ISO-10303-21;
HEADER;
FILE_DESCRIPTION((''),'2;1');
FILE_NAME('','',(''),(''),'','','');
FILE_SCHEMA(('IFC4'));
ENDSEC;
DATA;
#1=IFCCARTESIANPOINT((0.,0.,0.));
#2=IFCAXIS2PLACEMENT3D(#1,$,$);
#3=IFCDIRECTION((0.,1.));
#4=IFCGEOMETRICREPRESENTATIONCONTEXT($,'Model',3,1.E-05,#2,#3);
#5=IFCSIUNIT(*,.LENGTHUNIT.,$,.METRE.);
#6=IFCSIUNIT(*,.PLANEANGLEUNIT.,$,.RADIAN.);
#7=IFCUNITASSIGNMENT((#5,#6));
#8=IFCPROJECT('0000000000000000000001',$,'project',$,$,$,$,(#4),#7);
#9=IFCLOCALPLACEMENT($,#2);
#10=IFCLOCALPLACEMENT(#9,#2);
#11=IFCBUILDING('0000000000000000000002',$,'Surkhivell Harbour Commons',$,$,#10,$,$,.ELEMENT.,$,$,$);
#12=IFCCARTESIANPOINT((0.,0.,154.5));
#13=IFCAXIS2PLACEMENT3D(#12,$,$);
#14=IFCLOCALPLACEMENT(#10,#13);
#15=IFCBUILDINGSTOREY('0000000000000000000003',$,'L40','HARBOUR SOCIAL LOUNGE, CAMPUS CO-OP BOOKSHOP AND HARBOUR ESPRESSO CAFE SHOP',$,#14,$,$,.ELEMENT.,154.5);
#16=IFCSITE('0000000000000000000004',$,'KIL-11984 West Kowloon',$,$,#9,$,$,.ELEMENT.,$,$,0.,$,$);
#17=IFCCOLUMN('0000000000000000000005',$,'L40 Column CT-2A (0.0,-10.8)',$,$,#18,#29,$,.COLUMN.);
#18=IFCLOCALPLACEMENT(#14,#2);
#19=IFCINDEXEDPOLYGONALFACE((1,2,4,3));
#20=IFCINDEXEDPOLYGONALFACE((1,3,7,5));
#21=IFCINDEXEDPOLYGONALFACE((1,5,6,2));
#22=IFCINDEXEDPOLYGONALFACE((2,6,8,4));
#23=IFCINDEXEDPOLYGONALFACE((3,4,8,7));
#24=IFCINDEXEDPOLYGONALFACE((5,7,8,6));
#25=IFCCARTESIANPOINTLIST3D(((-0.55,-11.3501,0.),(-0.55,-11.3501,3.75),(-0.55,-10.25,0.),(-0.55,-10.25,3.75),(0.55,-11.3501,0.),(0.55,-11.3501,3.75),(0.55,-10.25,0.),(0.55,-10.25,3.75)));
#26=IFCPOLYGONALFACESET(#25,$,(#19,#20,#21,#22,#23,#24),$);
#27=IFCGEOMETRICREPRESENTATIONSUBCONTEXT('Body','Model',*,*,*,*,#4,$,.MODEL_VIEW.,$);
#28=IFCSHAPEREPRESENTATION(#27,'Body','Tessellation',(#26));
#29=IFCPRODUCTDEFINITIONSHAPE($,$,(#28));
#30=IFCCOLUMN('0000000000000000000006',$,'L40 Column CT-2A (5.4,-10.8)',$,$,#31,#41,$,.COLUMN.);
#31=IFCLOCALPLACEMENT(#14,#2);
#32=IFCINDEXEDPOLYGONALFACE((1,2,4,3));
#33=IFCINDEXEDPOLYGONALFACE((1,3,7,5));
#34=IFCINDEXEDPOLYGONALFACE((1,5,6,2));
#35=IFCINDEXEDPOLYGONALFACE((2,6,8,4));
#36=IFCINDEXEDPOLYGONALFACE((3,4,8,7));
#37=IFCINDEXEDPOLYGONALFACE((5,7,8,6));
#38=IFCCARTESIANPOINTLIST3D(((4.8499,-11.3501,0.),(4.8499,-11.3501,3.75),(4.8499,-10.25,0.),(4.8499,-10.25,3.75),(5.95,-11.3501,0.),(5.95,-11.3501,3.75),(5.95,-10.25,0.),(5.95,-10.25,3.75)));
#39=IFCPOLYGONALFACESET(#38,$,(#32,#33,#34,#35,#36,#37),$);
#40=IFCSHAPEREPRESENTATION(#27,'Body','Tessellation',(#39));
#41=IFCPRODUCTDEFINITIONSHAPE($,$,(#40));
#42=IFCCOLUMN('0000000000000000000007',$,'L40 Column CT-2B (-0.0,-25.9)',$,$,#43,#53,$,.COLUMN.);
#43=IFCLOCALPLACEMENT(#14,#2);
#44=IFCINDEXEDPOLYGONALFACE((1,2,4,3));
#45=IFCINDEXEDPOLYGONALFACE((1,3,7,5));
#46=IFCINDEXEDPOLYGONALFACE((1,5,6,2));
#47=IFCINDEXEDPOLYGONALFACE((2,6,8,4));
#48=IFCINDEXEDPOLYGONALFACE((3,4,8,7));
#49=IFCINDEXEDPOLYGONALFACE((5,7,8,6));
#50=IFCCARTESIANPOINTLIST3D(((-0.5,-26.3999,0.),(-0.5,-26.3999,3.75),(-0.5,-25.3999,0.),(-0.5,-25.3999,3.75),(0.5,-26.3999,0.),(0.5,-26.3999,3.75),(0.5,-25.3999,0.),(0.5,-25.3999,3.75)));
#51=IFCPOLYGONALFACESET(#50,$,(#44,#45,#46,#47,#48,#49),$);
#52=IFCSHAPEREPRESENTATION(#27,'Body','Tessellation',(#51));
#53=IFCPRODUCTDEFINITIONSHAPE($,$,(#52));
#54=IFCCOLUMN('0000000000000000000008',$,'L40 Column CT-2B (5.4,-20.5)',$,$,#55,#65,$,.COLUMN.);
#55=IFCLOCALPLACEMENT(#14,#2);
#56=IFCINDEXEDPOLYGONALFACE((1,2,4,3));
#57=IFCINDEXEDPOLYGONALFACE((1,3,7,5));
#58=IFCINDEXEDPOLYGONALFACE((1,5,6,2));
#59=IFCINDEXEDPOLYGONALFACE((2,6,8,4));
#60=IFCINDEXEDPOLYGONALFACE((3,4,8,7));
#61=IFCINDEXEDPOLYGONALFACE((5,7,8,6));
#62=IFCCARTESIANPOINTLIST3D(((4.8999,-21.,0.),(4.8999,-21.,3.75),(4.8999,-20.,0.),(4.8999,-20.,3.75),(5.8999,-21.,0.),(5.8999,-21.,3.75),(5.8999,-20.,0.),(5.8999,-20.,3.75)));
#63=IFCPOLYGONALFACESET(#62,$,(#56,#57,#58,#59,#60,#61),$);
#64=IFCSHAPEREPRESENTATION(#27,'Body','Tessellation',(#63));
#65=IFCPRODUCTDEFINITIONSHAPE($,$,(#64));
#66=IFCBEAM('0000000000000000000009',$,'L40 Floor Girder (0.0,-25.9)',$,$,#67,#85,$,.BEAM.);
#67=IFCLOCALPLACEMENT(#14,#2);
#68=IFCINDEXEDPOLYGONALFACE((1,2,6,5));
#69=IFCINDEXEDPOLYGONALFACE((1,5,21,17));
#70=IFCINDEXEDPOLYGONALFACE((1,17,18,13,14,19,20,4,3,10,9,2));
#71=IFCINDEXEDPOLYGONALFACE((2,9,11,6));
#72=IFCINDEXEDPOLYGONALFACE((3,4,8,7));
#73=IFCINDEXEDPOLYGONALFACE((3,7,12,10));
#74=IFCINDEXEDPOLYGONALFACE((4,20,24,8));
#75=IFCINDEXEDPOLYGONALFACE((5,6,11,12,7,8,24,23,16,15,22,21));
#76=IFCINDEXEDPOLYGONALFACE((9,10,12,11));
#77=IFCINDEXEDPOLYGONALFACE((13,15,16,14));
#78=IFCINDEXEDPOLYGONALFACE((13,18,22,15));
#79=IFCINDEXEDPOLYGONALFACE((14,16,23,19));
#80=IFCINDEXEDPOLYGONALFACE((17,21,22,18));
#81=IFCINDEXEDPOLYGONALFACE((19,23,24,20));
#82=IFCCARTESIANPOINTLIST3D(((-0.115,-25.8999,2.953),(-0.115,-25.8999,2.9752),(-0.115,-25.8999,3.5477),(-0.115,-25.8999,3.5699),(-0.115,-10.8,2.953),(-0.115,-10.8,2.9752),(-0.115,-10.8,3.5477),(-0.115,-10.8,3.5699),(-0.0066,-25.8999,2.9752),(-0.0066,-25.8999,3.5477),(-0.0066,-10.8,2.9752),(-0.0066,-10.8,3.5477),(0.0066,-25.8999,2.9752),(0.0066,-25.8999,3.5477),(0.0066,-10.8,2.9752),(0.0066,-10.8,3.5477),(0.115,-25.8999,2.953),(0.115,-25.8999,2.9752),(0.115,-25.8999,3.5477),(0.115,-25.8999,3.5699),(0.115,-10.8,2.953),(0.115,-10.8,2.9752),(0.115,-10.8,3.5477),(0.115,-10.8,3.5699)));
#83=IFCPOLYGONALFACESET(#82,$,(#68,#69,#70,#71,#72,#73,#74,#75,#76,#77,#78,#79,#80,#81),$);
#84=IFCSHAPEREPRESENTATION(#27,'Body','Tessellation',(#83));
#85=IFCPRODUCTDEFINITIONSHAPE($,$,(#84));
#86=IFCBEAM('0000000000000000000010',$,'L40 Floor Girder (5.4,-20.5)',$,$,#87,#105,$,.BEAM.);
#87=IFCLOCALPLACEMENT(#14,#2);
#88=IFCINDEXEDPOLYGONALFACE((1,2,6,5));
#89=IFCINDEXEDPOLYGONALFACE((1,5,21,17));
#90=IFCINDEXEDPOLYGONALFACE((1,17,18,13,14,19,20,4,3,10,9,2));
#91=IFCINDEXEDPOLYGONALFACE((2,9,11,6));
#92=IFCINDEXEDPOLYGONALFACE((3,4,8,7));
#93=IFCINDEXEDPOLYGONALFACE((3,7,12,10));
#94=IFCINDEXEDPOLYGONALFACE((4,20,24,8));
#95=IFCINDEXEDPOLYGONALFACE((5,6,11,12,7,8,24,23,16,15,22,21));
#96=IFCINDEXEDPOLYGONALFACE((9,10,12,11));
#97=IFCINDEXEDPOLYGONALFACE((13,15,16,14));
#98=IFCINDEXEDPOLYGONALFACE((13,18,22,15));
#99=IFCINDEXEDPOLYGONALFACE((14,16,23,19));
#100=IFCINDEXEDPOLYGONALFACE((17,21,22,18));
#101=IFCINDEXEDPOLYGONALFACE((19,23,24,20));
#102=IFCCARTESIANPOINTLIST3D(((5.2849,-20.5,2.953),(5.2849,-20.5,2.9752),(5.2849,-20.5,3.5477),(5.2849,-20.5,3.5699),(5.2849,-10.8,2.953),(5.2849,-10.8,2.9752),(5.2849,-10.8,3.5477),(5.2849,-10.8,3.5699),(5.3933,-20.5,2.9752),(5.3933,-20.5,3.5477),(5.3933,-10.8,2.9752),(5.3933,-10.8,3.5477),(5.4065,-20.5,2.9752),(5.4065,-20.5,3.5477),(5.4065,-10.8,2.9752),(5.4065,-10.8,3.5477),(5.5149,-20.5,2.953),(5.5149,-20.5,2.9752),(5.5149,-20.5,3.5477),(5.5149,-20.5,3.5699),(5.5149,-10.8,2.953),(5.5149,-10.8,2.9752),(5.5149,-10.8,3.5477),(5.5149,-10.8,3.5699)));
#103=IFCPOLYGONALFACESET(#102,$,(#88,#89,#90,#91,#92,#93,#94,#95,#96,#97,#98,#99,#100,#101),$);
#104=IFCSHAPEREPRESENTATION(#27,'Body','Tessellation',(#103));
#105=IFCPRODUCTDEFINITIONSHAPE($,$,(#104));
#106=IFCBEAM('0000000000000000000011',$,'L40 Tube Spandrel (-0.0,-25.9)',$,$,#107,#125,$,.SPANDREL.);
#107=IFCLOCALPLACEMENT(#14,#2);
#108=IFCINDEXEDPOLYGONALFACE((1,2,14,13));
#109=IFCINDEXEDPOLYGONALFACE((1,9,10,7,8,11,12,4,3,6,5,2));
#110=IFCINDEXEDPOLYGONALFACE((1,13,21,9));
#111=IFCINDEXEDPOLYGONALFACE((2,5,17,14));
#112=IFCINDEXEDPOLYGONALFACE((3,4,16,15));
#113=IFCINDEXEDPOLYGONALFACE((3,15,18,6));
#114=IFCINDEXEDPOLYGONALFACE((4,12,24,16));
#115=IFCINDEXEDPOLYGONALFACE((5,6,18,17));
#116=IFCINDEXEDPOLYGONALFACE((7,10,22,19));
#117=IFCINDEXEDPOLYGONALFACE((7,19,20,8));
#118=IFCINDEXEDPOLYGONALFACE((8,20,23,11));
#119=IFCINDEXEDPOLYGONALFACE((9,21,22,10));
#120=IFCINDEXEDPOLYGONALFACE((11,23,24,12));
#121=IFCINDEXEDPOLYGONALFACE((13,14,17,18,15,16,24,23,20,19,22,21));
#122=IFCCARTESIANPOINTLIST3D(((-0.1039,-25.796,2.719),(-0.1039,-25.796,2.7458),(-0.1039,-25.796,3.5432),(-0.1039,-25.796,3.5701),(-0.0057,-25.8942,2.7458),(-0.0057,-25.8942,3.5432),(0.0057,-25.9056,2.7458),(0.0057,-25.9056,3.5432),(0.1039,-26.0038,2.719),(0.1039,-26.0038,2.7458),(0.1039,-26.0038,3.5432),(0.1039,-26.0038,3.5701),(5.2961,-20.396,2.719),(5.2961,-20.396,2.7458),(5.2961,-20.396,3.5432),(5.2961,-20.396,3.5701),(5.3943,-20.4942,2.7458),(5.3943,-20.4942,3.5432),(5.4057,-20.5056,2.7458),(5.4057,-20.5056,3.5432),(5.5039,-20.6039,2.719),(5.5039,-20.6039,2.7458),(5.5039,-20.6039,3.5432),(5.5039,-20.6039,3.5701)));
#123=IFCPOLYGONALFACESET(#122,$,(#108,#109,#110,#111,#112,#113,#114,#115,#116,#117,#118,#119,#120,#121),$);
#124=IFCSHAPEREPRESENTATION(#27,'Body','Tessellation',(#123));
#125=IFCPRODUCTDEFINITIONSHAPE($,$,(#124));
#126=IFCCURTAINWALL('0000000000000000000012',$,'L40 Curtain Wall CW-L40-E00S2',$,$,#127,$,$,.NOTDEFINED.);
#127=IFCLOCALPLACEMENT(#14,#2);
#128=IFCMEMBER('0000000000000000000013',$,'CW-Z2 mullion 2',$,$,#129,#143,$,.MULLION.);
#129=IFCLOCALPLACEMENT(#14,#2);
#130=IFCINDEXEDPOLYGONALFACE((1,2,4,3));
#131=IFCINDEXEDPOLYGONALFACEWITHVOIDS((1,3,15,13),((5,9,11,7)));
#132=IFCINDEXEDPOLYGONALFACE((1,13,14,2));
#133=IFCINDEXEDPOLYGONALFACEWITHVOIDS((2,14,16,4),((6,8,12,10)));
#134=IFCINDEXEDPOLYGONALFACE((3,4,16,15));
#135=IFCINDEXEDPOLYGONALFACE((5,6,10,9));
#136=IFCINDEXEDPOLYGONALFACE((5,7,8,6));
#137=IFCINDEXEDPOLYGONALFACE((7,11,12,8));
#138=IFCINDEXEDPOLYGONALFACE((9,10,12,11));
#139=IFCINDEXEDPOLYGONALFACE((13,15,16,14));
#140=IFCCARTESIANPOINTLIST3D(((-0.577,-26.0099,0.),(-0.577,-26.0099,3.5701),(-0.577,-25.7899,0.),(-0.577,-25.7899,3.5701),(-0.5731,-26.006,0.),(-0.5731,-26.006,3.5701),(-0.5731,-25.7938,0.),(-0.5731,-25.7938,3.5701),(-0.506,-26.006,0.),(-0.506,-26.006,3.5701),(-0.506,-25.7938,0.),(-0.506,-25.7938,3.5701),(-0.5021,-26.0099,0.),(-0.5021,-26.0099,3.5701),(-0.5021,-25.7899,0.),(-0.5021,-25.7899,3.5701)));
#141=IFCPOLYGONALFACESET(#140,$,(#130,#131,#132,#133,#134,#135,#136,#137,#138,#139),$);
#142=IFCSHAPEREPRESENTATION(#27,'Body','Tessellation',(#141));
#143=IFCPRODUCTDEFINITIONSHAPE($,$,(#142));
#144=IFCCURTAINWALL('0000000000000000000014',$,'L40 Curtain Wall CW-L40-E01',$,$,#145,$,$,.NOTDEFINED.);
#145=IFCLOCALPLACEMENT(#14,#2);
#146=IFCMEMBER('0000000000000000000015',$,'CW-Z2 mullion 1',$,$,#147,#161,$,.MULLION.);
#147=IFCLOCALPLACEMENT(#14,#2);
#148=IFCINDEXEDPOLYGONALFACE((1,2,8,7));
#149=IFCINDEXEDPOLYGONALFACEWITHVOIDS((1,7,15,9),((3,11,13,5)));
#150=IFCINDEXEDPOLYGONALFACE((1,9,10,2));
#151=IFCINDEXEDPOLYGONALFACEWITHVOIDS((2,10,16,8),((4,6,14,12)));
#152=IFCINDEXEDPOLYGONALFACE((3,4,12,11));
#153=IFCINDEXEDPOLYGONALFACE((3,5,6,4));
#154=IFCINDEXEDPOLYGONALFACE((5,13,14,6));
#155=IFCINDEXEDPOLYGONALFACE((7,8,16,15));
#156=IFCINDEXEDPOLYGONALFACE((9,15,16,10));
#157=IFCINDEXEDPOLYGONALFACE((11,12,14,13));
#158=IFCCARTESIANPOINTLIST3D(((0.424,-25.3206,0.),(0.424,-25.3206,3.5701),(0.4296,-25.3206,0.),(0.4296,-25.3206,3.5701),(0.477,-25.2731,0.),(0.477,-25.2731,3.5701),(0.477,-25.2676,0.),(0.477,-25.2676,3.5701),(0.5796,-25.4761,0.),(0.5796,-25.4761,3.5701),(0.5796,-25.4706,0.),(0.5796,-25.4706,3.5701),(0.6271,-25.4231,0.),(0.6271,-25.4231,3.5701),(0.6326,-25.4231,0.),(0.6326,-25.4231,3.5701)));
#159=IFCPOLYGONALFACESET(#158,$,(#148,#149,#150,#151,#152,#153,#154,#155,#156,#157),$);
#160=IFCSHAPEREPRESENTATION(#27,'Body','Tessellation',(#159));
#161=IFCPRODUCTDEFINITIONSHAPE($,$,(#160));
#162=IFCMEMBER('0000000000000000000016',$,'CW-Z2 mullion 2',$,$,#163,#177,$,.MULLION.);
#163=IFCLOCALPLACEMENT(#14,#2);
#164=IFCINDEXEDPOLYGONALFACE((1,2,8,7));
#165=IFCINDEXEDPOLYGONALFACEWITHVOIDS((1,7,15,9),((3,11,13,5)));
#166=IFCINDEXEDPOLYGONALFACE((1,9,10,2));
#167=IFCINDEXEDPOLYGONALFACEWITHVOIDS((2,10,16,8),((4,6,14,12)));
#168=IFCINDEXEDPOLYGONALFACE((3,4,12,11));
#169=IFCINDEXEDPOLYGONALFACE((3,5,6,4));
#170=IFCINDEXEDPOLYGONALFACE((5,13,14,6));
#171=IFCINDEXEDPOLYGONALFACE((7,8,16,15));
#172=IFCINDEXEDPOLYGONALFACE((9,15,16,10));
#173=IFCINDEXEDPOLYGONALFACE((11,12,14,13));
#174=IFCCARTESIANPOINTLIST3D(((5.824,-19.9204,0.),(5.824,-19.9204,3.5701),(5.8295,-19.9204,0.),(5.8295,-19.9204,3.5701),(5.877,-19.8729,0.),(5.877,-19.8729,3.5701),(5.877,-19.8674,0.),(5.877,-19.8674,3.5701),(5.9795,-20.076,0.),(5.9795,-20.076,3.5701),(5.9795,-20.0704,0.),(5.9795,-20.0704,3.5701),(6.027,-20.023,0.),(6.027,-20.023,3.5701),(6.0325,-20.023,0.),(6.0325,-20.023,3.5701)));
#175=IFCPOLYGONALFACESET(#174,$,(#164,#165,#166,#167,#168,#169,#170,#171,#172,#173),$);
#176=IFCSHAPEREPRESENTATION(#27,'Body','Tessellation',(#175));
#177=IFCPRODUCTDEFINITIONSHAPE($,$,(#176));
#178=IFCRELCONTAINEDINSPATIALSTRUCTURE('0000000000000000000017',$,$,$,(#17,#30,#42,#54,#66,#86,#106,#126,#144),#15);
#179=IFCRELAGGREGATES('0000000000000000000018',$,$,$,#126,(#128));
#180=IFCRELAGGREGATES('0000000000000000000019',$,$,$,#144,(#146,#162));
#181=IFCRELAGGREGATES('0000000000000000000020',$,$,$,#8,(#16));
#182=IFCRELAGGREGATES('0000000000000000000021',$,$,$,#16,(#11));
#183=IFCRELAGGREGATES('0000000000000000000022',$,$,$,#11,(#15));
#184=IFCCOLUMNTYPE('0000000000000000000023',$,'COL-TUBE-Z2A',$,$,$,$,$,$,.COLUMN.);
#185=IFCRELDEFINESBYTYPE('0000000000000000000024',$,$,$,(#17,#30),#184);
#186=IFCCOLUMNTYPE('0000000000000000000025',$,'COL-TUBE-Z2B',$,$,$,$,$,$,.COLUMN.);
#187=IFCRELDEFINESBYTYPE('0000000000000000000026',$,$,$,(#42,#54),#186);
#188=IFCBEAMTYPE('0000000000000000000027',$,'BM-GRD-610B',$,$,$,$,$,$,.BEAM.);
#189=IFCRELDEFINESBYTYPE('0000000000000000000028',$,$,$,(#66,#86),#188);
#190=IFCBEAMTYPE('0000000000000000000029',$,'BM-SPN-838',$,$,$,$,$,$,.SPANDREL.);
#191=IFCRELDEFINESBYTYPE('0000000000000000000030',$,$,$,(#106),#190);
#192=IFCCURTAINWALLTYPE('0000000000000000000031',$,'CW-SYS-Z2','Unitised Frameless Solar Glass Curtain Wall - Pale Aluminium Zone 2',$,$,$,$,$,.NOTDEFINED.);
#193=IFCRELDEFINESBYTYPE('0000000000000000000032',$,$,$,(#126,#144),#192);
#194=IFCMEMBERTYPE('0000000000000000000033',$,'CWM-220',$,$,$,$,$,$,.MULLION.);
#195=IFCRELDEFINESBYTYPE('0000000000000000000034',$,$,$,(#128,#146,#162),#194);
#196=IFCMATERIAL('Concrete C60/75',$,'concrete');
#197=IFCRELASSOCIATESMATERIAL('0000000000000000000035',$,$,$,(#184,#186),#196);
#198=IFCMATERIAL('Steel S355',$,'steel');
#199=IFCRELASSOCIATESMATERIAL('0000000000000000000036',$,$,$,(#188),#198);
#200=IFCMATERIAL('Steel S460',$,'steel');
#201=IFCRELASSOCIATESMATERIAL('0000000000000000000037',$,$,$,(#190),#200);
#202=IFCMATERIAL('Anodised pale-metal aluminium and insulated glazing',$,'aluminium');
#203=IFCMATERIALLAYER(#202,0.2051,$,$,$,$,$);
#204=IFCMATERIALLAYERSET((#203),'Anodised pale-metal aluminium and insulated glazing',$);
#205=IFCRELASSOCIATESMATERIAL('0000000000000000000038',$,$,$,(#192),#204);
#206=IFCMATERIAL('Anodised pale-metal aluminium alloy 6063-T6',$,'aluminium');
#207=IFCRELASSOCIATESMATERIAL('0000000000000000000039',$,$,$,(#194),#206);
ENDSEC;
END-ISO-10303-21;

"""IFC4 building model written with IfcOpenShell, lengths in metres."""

from ifc_helpers import new_model, si_unit, direction, frame, origin, origin_2d, place, context, subcontext, project, spatial, rectangle, hollow_rectangle, i_section, extrude, material, layer, layer_set, material_profile, profile_set, type_object, element, aggregate, save


model = new_model("IFC4")

# Units and contexts
model_context = context("Model", 3, precision=1e-05, world=origin(), true_north=direction((0.0, 1.0)))
body_context = subcontext(model_context, "Body", "Model", "MODEL_VIEW")
ifc_project = project(units=[si_unit("LENGTHUNIT", "METRE"), si_unit("PLANEANGLEUNIT", "RADIAN")], contexts=[model_context])

# Site, building, storey
site_placement = place(None, origin())
site = spatial("IfcSite", under=ifc_project, at=site_placement, Name="KIL-11984 West Kowloon", CompositionType="ELEMENT", RefElevation=0.0)
building_placement = place(site_placement, origin())
building = spatial("IfcBuilding", under=site, at=building_placement, Name="Surkhivell Harbour Commons", CompositionType="ELEMENT")
storey_placement = place(building_placement, frame((0.0, 0.0, 154.5)))
storey = spatial("IfcBuildingStorey", under=building, at=storey_placement, Name="L40", Description="HARBOUR SOCIAL LOUNGE, CAMPUS CO-OP BOOKSHOP AND HARBOUR ESPRESSO CAFE SHOP", CompositionType="ELEMENT", Elevation=154.5)

# Columns
ifc_material_1 = material(Name="Concrete C60/75", Category="concrete")
ifc_material_profile_1 = material_profile(ifc_material_1, rectangle(XDim=1.1001, YDim=1.1001, at=origin_2d()), Name="RC-COL-1100x1100")
ifc_profile_set_1 = profile_set([ifc_material_profile_1], Name="Concrete C60/75")
column_type_1 = type_object("IfcColumnType", Name="COL-TUBE-Z2A", PredefinedType="COLUMN", material=ifc_profile_set_1)
for number, where, z_axis, x_axis, name in (
    (1, (0.0, -10.8, 0.0), (0.0, 0.0, 1.0), (1.0, 0.0, 0.0), "L40 Column CT-2A (0.0,-10.8)"),
    (2, (5.3999, -10.8, 0.0), (0.0, 0.0, 1.0), (1.0, 0.0, 0.0), "L40 Column CT-2A (5.4,-10.8)"),
):
    element("IfcColumn", number, at=place(storey_placement, frame(where, z_axis=z_axis, x_axis=x_axis)), inside=storey, type_object=column_type_1, Name=name, PredefinedType="COLUMN", context=body_context, shape_type="SweptSolid", body=[
        extrude(rectangle(XDim=1.1001, YDim=1.1001, at=origin_2d()), origin(), (0.0, 0.0, 1.0), 3.75),
    ])
ifc_material_profile_2 = material_profile(ifc_material_1, rectangle(XDim=1.0, YDim=1.0, at=origin_2d()), Name="RC-COL-1000x1000")
ifc_profile_set_2 = profile_set([ifc_material_profile_2], Name="Concrete C60/75")
column_type_2 = type_object("IfcColumnType", Name="COL-TUBE-Z2B", PredefinedType="COLUMN", material=ifc_profile_set_2)
for number, where, z_axis, x_axis, name in (
    (3, (0.0, -25.8999, 0.0), (0.0, 0.0, 1.0), (1.0, 0.0, 0.0), "L40 Column CT-2B (-0.0,-25.9)"),
    (4, (5.3999, -20.5, 0.0), (0.0, 0.0, 1.0), (1.0, 0.0, 0.0), "L40 Column CT-2B (5.4,-20.5)"),
):
    element("IfcColumn", number, at=place(storey_placement, frame(where, z_axis=z_axis, x_axis=x_axis)), inside=storey, type_object=column_type_2, Name=name, PredefinedType="COLUMN", context=body_context, shape_type="SweptSolid", body=[
        extrude(rectangle(XDim=1.0, YDim=1.0, at=origin_2d()), origin(), (0.0, 0.0, 1.0), 3.75),
    ])

# Beams
ifc_material_2 = material(Name="Steel S355", Category="steel")
ifc_material_profile_3 = material_profile(ifc_material_2, i_section(OverallWidth=0.23, OverallDepth=0.6169, WebThickness=0.0132, FlangeThickness=0.0222, at=origin_2d()), Name="UB610x229x140")
ifc_profile_set_3 = profile_set([ifc_material_profile_3], Name="Steel S355")
beam_type_1 = type_object("IfcBeamType", Name="BM-GRD-610B", PredefinedType="BEAM", material=ifc_profile_set_3)
beam_1_placement = place(storey_placement, frame((0.0, -25.8999, 3.2615), z_axis=(0.0, 1.0, 0.0), x_axis=(-1.0, 0.0, 0.0)))
element("IfcBeam", 5, at=beam_1_placement, inside=storey, type_object=beam_type_1, Name="L40 Floor Girder (0.0,-25.9)", PredefinedType="BEAM", context=body_context, shape_type="SweptSolid", body=[
    extrude(i_section(OverallWidth=0.23, OverallDepth=0.6169, WebThickness=0.0132, FlangeThickness=0.0222, at=origin_2d()), origin(), (0.0, 0.0, 1.0), 15.0999),
])
beam_2_placement = place(storey_placement, frame((5.3999, -20.5, 3.2615), z_axis=(0.0, 1.0, 0.0), x_axis=(-1.0, 0.0, 0.0)))
element("IfcBeam", 6, at=beam_2_placement, inside=storey, type_object=beam_type_1, Name="L40 Floor Girder (5.4,-20.5)", PredefinedType="BEAM", context=body_context, shape_type="SweptSolid", body=[
    extrude(i_section(OverallWidth=0.23, OverallDepth=0.6169, WebThickness=0.0132, FlangeThickness=0.0222, at=origin_2d()), origin(), (0.0, 0.0, 1.0), 9.7),
])
ifc_material_3 = material(Name="Steel S460", Category="steel")
ifc_material_profile_4 = material_profile(ifc_material_3, i_section(OverallWidth=0.2939, OverallDepth=0.8511, WebThickness=0.0161, FlangeThickness=0.0269, at=origin_2d()), Name="UB838x292x226")
ifc_profile_set_4 = profile_set([ifc_material_profile_4], Name="Steel S460")
beam_type_2 = type_object("IfcBeamType", Name="BM-SPN-838", PredefinedType="SPANDREL", material=ifc_profile_set_4)
beam_3_placement = place(storey_placement, frame((0.0, -25.8999, 3.1445), z_axis=(0.707107, 0.707107, 0.0), x_axis=(-0.707107, 0.707107, 0.0)))
element("IfcBeam", 7, at=beam_3_placement, inside=storey, type_object=beam_type_2, Name="L40 Tube Spandrel (-0.0,-25.9)", PredefinedType="SPANDREL", context=body_context, shape_type="SweptSolid", body=[
    extrude(i_section(OverallWidth=0.2939, OverallDepth=0.8511, WebThickness=0.0161, FlangeThickness=0.0269, at=origin_2d()), origin(), (0.0, 0.0, 1.0), 7.6367),
])

# Curtain wall, member
ifc_material_4 = material(Name="Anodised pale-metal aluminium and insulated glazing", Category="aluminium")
ifc_layer_1 = layer(ifc_material_4, 0.2051)
ifc_layer_set_1 = layer_set([ifc_layer_1], Name="Anodised pale-metal aluminium and insulated glazing")
curtain_wall_type = type_object("IfcCurtainWallType", Name="CW-SYS-Z2", Description="Unitised Frameless Solar Glass Curtain Wall - Pale Aluminium Zone 2", PredefinedType="NOTDEFINED", material=ifc_layer_set_1)
curtain_wall_1_placement = place(storey_placement, origin())
curtain_wall_1 = element("IfcCurtainWall", 8, at=curtain_wall_1_placement, inside=storey, type_object=curtain_wall_type, Name="L40 Curtain Wall CW-L40-E00S2", PredefinedType="NOTDEFINED")
ifc_material_5 = material(Name="Anodised pale-metal aluminium alloy 6063-T6", Category="aluminium")
ifc_material_profile_5 = material_profile(ifc_material_5, hollow_rectangle(XDim=0.075, YDim=0.22, WallThickness=0.0039, at=origin_2d()), Name="ALU-MULL-75x220")
ifc_profile_set_5 = profile_set([ifc_material_profile_5], Name="Anodised pale-metal aluminium alloy 6063-T6")
member_type_1 = type_object("IfcMemberType", Name="CWM-220", PredefinedType="MULLION", material=ifc_profile_set_5)
member_1_placement = place(storey_placement, frame((-0.5396, -25.8999, 0.0), z_axis=(0.0, 0.0, 1.0), x_axis=(1.0, 0.0, 0.0)))
member_1 = element("IfcMember", 9, at=member_1_placement, type_object=member_type_1, Name="CW-Z2 mullion 2", PredefinedType="MULLION", context=body_context, shape_type="SweptSolid", body=[
    extrude(hollow_rectangle(XDim=0.075, YDim=0.22, WallThickness=0.0039, at=origin_2d()), origin(), (0.0, 0.0, 1.0), 3.5701),
])
aggregate(curtain_wall_1, [member_1])

# Curtain wall, members
curtain_wall_2_placement = place(storey_placement, origin())
curtain_wall_2 = element("IfcCurtainWall", 10, at=curtain_wall_2_placement, inside=storey, type_object=curtain_wall_type, Name="L40 Curtain Wall CW-L40-E01", PredefinedType="NOTDEFINED")
member_2_placement = place(storey_placement, frame((0.5283, -25.3718, 0.0), z_axis=(0.0, 0.0, 1.0), x_axis=(0.707107, 0.707107, 0.0)))
member_2 = element("IfcMember", 11, at=member_2_placement, type_object=member_type_1, Name="CW-Z2 mullion 1", PredefinedType="MULLION", context=body_context, shape_type="SweptSolid", body=[
    extrude(hollow_rectangle(XDim=0.075, YDim=0.22, WallThickness=0.0039, at=origin_2d()), origin(), (0.0, 0.0, 1.0), 3.5701),
])
member_3_placement = place(storey_placement, frame((5.9282, -19.9717, 0.0), z_axis=(0.0, 0.0, 1.0), x_axis=(0.707107, 0.707107, 0.0)))
member_3 = element("IfcMember", 12, at=member_3_placement, type_object=member_type_1, Name="CW-Z2 mullion 2", PredefinedType="MULLION", context=body_context, shape_type="SweptSolid", body=[
    extrude(hollow_rectangle(XDim=0.075, YDim=0.22, WallThickness=0.0039, at=origin_2d()), origin(), (0.0, 0.0, 1.0), 3.5701),
])
aggregate(curtain_wall_2, [member_2, member_3])

save(model, "model.ifc")
